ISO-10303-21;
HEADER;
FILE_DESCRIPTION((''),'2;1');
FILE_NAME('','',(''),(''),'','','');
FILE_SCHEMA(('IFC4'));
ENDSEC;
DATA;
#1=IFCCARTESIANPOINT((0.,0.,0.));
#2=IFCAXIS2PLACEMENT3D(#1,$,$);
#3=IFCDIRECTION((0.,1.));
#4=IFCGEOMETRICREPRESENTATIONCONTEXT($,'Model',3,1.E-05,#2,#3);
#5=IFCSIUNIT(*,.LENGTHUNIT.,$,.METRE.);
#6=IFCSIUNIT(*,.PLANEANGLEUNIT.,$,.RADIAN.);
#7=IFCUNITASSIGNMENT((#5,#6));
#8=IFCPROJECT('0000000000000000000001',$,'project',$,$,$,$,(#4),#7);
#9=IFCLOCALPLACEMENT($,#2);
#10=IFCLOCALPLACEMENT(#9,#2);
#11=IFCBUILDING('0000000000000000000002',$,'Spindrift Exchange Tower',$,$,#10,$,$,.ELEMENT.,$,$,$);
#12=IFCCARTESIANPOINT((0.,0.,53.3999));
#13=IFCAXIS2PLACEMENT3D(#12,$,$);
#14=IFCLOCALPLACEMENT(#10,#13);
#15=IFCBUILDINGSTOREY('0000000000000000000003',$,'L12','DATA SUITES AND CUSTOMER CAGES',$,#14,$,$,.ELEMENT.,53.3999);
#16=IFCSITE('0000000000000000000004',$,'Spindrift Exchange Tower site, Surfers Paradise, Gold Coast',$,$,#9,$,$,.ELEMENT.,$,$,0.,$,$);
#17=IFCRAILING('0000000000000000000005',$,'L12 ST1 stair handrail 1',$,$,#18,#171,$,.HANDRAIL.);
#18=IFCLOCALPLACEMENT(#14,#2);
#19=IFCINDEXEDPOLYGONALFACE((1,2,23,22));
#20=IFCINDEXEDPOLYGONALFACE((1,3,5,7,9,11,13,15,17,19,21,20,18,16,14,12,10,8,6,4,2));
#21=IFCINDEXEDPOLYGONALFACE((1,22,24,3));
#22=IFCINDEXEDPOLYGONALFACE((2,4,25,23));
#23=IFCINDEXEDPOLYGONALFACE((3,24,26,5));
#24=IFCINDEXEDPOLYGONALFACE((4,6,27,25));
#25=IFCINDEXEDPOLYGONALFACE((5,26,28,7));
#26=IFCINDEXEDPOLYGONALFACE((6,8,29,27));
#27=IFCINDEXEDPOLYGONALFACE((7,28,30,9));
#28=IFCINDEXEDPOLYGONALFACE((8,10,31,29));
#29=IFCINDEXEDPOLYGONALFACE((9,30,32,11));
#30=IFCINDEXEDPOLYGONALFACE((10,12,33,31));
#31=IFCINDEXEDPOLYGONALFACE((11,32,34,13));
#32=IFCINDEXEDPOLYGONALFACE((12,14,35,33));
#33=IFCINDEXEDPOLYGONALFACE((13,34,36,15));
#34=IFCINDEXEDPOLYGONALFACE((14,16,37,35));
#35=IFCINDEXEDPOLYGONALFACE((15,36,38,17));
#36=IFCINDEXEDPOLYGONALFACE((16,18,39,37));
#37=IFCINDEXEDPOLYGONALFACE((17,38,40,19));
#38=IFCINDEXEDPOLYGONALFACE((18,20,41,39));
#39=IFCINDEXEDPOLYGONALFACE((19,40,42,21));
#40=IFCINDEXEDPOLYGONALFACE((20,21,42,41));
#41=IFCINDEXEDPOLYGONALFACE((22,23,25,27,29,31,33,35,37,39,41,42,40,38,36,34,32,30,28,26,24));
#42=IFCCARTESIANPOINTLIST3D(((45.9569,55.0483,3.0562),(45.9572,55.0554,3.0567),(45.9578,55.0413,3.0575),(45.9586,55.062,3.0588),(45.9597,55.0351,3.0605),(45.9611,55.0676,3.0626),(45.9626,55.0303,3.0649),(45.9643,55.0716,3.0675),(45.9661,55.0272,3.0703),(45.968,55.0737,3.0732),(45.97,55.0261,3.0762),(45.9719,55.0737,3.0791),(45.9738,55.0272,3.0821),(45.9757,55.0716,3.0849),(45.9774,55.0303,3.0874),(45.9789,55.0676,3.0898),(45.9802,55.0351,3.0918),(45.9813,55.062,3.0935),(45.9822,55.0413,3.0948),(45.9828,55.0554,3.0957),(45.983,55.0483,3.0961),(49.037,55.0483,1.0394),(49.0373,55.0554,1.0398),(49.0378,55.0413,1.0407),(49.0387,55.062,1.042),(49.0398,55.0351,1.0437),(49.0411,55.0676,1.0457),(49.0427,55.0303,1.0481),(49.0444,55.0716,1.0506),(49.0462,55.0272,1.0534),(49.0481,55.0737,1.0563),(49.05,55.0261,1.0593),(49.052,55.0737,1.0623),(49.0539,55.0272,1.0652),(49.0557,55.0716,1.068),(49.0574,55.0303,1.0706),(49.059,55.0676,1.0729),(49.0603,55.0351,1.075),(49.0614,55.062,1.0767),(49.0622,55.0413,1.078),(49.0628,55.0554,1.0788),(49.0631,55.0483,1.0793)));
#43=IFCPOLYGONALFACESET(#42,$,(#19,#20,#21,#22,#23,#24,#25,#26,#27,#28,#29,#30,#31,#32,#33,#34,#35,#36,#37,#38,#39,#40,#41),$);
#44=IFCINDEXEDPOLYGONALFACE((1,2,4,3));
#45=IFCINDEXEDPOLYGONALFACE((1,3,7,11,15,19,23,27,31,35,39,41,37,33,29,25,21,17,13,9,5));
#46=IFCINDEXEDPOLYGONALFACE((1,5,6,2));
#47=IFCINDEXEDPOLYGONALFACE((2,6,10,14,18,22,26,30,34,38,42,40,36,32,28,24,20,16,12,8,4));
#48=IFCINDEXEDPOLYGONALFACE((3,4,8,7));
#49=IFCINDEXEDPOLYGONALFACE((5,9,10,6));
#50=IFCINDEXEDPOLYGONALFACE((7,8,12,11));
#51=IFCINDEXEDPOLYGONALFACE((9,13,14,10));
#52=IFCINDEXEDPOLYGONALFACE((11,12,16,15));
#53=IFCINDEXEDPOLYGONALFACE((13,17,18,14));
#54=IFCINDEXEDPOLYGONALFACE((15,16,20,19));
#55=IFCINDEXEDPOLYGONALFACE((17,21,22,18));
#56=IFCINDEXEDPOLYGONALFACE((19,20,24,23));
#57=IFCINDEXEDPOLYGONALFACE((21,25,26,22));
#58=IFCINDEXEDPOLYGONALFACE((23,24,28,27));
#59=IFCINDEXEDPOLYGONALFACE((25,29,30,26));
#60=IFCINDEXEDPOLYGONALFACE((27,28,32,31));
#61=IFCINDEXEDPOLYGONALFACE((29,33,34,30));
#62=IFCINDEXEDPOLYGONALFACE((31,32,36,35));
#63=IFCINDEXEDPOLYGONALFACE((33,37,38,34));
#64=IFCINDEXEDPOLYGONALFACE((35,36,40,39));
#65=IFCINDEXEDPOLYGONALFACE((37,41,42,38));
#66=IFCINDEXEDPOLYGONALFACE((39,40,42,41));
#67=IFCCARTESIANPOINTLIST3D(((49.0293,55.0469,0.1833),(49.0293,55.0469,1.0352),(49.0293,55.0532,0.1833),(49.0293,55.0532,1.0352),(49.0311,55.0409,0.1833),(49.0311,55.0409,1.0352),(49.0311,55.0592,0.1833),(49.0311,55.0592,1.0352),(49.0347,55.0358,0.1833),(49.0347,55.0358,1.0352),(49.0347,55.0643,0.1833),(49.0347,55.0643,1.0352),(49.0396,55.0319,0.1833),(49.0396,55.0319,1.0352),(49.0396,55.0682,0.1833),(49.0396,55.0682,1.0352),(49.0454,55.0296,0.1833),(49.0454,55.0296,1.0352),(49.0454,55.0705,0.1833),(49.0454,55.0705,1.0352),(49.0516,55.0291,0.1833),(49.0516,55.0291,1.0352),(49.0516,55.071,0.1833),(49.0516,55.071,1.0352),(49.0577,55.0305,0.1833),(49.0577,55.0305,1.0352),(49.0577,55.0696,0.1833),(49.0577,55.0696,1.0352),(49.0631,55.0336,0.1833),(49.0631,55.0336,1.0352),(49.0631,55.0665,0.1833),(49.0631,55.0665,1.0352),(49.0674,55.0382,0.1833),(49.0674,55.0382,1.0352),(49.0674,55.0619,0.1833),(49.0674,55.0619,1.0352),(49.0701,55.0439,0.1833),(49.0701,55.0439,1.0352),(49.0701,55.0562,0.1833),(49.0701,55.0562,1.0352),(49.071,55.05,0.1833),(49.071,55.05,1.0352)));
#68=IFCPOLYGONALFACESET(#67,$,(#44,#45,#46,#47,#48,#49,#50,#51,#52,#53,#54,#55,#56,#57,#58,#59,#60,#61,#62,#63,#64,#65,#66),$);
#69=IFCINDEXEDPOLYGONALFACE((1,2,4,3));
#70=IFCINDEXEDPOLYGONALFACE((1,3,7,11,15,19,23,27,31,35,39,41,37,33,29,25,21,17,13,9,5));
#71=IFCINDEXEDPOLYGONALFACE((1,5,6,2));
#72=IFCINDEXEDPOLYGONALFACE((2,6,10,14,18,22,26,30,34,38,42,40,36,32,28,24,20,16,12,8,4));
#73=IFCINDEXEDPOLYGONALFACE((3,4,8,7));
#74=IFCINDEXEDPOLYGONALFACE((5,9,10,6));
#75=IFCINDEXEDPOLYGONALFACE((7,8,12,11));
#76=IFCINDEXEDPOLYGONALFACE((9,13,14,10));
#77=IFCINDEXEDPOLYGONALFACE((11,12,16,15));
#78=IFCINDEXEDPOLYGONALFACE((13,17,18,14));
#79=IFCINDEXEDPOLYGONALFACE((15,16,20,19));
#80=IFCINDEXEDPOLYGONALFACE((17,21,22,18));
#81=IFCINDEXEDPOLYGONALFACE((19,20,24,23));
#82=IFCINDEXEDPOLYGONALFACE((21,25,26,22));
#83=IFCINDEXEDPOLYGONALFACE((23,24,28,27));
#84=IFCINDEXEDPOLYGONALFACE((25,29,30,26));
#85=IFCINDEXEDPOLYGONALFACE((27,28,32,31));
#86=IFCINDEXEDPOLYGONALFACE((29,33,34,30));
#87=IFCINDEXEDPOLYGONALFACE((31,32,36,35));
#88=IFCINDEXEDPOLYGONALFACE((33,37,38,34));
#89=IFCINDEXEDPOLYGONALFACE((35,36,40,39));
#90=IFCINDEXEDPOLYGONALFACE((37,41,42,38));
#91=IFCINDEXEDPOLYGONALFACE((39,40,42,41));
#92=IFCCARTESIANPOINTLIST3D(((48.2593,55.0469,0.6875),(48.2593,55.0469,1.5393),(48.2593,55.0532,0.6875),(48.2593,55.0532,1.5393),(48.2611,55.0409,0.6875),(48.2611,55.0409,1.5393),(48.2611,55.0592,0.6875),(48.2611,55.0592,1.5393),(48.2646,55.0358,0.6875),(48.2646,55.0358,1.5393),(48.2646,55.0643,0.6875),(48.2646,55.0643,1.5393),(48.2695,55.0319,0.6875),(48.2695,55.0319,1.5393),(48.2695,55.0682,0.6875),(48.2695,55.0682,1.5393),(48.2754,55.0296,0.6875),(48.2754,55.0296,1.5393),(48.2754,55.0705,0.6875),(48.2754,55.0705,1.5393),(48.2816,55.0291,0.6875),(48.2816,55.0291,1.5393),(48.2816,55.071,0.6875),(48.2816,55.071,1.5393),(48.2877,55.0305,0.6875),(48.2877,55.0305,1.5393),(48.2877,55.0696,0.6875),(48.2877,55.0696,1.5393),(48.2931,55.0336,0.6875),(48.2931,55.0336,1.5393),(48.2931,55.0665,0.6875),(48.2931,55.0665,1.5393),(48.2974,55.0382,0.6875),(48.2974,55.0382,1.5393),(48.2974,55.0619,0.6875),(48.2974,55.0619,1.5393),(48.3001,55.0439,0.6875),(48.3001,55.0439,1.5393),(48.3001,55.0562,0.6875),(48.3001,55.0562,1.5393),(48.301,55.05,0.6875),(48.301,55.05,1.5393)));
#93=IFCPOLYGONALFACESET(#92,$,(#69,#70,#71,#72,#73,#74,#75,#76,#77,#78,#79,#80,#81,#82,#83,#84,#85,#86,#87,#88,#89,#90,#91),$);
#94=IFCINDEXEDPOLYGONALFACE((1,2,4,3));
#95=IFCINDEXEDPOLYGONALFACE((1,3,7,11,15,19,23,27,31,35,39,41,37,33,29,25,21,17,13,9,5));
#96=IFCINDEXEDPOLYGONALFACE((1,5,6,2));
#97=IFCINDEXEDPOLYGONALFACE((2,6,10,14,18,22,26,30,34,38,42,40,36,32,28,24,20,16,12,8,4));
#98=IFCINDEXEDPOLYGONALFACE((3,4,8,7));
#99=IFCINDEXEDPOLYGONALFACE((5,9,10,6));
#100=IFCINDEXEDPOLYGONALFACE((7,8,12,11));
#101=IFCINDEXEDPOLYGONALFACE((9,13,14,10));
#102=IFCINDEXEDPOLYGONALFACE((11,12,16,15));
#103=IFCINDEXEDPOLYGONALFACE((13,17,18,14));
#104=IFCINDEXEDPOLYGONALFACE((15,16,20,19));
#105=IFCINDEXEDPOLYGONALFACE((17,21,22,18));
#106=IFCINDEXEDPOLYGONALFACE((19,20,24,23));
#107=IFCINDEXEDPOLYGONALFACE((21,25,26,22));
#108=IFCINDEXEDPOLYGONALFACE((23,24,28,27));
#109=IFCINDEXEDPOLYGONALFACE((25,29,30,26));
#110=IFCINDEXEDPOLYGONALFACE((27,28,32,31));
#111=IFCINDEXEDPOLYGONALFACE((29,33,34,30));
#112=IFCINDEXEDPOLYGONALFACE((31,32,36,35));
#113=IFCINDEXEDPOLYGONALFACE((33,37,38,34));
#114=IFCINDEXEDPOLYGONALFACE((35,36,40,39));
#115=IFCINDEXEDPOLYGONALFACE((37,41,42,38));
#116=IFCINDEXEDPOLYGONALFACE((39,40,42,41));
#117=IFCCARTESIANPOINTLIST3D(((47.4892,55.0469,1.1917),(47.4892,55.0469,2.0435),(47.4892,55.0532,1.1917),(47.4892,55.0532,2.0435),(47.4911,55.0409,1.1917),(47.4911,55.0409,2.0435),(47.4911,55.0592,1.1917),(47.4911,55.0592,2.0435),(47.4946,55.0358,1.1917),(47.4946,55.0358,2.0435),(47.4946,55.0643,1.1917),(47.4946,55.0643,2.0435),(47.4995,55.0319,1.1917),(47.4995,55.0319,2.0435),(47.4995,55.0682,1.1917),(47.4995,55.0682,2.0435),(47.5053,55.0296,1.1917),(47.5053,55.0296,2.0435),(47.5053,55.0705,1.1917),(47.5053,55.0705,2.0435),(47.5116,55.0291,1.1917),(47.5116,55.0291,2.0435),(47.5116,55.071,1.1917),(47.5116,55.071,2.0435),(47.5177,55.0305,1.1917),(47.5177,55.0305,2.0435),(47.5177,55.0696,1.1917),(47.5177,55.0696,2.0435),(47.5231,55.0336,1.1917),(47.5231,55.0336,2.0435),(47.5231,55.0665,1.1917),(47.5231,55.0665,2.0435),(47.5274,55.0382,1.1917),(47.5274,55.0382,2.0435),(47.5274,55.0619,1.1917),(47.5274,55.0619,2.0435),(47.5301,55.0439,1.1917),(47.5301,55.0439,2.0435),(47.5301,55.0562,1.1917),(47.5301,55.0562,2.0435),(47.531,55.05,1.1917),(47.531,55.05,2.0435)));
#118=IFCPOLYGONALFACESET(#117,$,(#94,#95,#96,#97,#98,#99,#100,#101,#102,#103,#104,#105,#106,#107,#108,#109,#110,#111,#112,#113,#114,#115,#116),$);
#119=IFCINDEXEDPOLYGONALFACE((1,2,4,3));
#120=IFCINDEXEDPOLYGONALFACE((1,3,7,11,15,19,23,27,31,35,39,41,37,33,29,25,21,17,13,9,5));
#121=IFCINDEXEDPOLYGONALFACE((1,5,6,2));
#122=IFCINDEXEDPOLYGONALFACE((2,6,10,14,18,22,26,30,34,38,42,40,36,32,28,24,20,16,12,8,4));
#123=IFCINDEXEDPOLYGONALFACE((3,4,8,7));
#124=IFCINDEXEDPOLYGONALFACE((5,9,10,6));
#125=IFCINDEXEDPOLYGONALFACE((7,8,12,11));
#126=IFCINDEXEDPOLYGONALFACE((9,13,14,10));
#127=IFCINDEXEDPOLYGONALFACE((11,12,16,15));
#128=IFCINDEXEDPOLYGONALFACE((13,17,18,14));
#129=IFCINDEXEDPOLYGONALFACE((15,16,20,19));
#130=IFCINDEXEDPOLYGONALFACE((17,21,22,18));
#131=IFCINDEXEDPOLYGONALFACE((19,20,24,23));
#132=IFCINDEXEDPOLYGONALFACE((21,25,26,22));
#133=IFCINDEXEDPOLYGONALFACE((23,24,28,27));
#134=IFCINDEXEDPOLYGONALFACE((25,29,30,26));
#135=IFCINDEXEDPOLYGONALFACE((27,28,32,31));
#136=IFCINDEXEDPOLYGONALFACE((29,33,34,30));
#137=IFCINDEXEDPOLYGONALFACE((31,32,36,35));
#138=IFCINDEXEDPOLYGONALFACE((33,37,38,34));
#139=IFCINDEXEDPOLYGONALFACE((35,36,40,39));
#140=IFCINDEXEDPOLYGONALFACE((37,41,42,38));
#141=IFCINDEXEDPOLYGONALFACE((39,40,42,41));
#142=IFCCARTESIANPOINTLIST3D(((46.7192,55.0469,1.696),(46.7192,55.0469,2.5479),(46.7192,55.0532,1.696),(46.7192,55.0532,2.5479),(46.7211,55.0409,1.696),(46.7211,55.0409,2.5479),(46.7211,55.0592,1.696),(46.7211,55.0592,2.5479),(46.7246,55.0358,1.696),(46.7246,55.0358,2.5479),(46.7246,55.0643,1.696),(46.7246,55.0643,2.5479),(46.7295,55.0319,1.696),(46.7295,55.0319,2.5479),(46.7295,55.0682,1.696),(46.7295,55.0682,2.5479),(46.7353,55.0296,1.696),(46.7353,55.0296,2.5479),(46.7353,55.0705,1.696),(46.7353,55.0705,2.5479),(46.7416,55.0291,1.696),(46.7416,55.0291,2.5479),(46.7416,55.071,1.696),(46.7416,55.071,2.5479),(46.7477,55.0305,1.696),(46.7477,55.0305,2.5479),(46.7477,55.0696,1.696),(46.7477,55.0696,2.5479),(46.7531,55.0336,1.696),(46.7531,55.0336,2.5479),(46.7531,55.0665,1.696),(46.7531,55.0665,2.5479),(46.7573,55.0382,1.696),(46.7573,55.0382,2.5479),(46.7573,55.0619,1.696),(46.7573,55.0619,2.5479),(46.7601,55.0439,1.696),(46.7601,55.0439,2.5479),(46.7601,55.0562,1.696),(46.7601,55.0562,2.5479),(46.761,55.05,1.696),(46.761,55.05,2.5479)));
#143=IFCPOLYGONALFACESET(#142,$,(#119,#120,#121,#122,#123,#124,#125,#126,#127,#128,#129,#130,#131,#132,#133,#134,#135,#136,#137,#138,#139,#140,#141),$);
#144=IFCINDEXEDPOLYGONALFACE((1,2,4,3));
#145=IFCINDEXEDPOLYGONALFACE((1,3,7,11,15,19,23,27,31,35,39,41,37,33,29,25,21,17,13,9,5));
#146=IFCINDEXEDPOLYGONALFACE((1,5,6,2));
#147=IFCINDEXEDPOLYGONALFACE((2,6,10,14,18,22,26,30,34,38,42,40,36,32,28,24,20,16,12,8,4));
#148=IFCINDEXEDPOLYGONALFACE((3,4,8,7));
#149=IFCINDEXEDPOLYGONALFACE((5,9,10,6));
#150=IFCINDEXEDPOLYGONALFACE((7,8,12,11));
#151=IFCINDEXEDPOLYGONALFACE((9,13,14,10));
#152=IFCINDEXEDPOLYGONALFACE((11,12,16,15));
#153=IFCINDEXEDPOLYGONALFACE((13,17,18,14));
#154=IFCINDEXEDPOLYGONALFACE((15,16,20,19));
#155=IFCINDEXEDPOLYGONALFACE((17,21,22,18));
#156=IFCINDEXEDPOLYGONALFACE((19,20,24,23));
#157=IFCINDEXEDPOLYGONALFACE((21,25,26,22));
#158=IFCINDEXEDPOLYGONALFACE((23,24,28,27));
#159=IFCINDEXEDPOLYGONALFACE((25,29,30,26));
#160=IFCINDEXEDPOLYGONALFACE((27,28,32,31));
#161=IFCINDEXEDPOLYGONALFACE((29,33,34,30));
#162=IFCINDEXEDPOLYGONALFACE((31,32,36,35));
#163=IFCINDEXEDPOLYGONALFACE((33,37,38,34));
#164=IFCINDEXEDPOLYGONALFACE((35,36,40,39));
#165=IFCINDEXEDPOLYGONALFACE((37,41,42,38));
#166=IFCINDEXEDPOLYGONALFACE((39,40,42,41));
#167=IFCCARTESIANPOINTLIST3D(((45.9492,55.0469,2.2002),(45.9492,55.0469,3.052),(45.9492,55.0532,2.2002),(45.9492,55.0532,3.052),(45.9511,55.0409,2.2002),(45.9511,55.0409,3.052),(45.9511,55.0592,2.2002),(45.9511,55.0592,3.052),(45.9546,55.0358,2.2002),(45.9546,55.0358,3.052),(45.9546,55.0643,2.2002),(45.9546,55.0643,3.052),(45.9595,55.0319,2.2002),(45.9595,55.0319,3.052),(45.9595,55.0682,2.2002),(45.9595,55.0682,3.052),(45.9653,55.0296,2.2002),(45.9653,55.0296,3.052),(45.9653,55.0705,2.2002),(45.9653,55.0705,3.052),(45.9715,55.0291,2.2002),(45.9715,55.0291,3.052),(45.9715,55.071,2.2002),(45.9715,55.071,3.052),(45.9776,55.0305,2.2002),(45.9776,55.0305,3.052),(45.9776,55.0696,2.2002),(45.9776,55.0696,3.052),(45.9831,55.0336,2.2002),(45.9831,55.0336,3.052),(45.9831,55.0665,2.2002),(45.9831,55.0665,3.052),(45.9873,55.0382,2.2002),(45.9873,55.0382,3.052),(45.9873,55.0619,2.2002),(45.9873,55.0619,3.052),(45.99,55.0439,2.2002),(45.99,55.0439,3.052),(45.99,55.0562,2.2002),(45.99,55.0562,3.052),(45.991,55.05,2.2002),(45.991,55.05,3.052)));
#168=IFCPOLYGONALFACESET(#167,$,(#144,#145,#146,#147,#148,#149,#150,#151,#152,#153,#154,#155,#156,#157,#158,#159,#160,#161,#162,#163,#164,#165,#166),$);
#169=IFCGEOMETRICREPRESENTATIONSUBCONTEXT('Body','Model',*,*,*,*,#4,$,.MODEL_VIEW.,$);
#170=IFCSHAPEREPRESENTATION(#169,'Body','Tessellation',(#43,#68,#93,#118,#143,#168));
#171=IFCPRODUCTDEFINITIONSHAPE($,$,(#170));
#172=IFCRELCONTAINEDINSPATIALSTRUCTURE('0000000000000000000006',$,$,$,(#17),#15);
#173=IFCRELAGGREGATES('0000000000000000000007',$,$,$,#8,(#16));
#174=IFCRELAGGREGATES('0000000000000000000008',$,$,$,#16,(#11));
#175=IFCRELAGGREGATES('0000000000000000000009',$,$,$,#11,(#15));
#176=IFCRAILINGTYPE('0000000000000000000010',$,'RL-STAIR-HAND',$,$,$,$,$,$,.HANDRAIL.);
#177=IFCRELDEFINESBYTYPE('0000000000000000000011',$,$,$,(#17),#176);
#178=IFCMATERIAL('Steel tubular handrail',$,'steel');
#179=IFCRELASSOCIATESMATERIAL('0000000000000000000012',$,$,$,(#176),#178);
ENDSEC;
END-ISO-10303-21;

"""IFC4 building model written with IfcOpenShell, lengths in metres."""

from ifc_helpers import new_model, si_unit, direction, frame, origin, origin_2d, place, context, subcontext, project, spatial, circle, extrude, material, type_object, element, save


model = new_model("IFC4")

# Units and contexts
model_context = context("Model", 3, precision=1e-05, world=origin(), true_north=direction((0.0, 1.0)))
body_context = subcontext(model_context, "Body", "Model", "MODEL_VIEW")
ifc_project = project(units=[si_unit("LENGTHUNIT", "METRE"), si_unit("PLANEANGLEUNIT", "RADIAN")], contexts=[model_context])

# Site, building, storey
site_placement = place(None, origin())
site = spatial("IfcSite", under=ifc_project, at=site_placement, Name="Spindrift Exchange Tower site, Surfers Paradise, Gold Coast", CompositionType="ELEMENT", RefElevation=0.0)
building_placement = place(site_placement, origin())
building = spatial("IfcBuilding", under=site, at=building_placement, Name="Spindrift Exchange Tower", CompositionType="ELEMENT")
storey_placement = place(building_placement, frame((0.0, 0.0, 53.3999)))
storey = spatial("IfcBuildingStorey", under=building, at=storey_placement, Name="L12", Description="DATA SUITES AND CUSTOMER CAGES", CompositionType="ELEMENT", Elevation=53.3999)

# Railing
ifc_material_1 = material(Name="Steel tubular handrail", Category="steel")
railing_type_1 = type_object("IfcRailingType", Name="RL-STAIR-HAND", PredefinedType="HANDRAIL", material=ifc_material_1)
railing_1_placement = place(storey_placement, frame((49.05, 55.05, 0.1833)))
element("IfcRailing", 1, at=railing_1_placement, inside=storey, type_object=railing_type_1, Name="L12 ST1 stair handrail 1", PredefinedType="HANDRAIL", context=body_context, shape_type="SweptSolid", body=[
    extrude(circle(Radius=0.0239, at=origin_2d()), frame((0.0, 0.0, 0.876), z_axis=(-0.836603, 0.0, 0.54781), x_axis=(0.0, -1.0, 0.0)), (0.0, 0.0, 1.0), 3.6816),
    extrude(circle(Radius=0.021, at=origin_2d()), origin(), (0.0, 0.0, 1.0), 0.8518),
    extrude(circle(Radius=0.021, at=origin_2d()), frame((-0.77, 0.0, 0.5042)), (0.0, 0.0, 1.0), 0.8518),
    extrude(circle(Radius=0.021, at=origin_2d()), frame((-1.54, 0.0, 1.0083)), (0.0, 0.0, 1.0), 0.8518),
    extrude(circle(Radius=0.021, at=origin_2d()), frame((-2.3101, 0.0, 1.5127)), (0.0, 0.0, 1.0), 0.8518),
    extrude(circle(Radius=0.021, at=origin_2d()), frame((-3.0801, 0.0, 2.0168)), (0.0, 0.0, 1.0), 0.8518),
])

save(model, "model.ifc")
